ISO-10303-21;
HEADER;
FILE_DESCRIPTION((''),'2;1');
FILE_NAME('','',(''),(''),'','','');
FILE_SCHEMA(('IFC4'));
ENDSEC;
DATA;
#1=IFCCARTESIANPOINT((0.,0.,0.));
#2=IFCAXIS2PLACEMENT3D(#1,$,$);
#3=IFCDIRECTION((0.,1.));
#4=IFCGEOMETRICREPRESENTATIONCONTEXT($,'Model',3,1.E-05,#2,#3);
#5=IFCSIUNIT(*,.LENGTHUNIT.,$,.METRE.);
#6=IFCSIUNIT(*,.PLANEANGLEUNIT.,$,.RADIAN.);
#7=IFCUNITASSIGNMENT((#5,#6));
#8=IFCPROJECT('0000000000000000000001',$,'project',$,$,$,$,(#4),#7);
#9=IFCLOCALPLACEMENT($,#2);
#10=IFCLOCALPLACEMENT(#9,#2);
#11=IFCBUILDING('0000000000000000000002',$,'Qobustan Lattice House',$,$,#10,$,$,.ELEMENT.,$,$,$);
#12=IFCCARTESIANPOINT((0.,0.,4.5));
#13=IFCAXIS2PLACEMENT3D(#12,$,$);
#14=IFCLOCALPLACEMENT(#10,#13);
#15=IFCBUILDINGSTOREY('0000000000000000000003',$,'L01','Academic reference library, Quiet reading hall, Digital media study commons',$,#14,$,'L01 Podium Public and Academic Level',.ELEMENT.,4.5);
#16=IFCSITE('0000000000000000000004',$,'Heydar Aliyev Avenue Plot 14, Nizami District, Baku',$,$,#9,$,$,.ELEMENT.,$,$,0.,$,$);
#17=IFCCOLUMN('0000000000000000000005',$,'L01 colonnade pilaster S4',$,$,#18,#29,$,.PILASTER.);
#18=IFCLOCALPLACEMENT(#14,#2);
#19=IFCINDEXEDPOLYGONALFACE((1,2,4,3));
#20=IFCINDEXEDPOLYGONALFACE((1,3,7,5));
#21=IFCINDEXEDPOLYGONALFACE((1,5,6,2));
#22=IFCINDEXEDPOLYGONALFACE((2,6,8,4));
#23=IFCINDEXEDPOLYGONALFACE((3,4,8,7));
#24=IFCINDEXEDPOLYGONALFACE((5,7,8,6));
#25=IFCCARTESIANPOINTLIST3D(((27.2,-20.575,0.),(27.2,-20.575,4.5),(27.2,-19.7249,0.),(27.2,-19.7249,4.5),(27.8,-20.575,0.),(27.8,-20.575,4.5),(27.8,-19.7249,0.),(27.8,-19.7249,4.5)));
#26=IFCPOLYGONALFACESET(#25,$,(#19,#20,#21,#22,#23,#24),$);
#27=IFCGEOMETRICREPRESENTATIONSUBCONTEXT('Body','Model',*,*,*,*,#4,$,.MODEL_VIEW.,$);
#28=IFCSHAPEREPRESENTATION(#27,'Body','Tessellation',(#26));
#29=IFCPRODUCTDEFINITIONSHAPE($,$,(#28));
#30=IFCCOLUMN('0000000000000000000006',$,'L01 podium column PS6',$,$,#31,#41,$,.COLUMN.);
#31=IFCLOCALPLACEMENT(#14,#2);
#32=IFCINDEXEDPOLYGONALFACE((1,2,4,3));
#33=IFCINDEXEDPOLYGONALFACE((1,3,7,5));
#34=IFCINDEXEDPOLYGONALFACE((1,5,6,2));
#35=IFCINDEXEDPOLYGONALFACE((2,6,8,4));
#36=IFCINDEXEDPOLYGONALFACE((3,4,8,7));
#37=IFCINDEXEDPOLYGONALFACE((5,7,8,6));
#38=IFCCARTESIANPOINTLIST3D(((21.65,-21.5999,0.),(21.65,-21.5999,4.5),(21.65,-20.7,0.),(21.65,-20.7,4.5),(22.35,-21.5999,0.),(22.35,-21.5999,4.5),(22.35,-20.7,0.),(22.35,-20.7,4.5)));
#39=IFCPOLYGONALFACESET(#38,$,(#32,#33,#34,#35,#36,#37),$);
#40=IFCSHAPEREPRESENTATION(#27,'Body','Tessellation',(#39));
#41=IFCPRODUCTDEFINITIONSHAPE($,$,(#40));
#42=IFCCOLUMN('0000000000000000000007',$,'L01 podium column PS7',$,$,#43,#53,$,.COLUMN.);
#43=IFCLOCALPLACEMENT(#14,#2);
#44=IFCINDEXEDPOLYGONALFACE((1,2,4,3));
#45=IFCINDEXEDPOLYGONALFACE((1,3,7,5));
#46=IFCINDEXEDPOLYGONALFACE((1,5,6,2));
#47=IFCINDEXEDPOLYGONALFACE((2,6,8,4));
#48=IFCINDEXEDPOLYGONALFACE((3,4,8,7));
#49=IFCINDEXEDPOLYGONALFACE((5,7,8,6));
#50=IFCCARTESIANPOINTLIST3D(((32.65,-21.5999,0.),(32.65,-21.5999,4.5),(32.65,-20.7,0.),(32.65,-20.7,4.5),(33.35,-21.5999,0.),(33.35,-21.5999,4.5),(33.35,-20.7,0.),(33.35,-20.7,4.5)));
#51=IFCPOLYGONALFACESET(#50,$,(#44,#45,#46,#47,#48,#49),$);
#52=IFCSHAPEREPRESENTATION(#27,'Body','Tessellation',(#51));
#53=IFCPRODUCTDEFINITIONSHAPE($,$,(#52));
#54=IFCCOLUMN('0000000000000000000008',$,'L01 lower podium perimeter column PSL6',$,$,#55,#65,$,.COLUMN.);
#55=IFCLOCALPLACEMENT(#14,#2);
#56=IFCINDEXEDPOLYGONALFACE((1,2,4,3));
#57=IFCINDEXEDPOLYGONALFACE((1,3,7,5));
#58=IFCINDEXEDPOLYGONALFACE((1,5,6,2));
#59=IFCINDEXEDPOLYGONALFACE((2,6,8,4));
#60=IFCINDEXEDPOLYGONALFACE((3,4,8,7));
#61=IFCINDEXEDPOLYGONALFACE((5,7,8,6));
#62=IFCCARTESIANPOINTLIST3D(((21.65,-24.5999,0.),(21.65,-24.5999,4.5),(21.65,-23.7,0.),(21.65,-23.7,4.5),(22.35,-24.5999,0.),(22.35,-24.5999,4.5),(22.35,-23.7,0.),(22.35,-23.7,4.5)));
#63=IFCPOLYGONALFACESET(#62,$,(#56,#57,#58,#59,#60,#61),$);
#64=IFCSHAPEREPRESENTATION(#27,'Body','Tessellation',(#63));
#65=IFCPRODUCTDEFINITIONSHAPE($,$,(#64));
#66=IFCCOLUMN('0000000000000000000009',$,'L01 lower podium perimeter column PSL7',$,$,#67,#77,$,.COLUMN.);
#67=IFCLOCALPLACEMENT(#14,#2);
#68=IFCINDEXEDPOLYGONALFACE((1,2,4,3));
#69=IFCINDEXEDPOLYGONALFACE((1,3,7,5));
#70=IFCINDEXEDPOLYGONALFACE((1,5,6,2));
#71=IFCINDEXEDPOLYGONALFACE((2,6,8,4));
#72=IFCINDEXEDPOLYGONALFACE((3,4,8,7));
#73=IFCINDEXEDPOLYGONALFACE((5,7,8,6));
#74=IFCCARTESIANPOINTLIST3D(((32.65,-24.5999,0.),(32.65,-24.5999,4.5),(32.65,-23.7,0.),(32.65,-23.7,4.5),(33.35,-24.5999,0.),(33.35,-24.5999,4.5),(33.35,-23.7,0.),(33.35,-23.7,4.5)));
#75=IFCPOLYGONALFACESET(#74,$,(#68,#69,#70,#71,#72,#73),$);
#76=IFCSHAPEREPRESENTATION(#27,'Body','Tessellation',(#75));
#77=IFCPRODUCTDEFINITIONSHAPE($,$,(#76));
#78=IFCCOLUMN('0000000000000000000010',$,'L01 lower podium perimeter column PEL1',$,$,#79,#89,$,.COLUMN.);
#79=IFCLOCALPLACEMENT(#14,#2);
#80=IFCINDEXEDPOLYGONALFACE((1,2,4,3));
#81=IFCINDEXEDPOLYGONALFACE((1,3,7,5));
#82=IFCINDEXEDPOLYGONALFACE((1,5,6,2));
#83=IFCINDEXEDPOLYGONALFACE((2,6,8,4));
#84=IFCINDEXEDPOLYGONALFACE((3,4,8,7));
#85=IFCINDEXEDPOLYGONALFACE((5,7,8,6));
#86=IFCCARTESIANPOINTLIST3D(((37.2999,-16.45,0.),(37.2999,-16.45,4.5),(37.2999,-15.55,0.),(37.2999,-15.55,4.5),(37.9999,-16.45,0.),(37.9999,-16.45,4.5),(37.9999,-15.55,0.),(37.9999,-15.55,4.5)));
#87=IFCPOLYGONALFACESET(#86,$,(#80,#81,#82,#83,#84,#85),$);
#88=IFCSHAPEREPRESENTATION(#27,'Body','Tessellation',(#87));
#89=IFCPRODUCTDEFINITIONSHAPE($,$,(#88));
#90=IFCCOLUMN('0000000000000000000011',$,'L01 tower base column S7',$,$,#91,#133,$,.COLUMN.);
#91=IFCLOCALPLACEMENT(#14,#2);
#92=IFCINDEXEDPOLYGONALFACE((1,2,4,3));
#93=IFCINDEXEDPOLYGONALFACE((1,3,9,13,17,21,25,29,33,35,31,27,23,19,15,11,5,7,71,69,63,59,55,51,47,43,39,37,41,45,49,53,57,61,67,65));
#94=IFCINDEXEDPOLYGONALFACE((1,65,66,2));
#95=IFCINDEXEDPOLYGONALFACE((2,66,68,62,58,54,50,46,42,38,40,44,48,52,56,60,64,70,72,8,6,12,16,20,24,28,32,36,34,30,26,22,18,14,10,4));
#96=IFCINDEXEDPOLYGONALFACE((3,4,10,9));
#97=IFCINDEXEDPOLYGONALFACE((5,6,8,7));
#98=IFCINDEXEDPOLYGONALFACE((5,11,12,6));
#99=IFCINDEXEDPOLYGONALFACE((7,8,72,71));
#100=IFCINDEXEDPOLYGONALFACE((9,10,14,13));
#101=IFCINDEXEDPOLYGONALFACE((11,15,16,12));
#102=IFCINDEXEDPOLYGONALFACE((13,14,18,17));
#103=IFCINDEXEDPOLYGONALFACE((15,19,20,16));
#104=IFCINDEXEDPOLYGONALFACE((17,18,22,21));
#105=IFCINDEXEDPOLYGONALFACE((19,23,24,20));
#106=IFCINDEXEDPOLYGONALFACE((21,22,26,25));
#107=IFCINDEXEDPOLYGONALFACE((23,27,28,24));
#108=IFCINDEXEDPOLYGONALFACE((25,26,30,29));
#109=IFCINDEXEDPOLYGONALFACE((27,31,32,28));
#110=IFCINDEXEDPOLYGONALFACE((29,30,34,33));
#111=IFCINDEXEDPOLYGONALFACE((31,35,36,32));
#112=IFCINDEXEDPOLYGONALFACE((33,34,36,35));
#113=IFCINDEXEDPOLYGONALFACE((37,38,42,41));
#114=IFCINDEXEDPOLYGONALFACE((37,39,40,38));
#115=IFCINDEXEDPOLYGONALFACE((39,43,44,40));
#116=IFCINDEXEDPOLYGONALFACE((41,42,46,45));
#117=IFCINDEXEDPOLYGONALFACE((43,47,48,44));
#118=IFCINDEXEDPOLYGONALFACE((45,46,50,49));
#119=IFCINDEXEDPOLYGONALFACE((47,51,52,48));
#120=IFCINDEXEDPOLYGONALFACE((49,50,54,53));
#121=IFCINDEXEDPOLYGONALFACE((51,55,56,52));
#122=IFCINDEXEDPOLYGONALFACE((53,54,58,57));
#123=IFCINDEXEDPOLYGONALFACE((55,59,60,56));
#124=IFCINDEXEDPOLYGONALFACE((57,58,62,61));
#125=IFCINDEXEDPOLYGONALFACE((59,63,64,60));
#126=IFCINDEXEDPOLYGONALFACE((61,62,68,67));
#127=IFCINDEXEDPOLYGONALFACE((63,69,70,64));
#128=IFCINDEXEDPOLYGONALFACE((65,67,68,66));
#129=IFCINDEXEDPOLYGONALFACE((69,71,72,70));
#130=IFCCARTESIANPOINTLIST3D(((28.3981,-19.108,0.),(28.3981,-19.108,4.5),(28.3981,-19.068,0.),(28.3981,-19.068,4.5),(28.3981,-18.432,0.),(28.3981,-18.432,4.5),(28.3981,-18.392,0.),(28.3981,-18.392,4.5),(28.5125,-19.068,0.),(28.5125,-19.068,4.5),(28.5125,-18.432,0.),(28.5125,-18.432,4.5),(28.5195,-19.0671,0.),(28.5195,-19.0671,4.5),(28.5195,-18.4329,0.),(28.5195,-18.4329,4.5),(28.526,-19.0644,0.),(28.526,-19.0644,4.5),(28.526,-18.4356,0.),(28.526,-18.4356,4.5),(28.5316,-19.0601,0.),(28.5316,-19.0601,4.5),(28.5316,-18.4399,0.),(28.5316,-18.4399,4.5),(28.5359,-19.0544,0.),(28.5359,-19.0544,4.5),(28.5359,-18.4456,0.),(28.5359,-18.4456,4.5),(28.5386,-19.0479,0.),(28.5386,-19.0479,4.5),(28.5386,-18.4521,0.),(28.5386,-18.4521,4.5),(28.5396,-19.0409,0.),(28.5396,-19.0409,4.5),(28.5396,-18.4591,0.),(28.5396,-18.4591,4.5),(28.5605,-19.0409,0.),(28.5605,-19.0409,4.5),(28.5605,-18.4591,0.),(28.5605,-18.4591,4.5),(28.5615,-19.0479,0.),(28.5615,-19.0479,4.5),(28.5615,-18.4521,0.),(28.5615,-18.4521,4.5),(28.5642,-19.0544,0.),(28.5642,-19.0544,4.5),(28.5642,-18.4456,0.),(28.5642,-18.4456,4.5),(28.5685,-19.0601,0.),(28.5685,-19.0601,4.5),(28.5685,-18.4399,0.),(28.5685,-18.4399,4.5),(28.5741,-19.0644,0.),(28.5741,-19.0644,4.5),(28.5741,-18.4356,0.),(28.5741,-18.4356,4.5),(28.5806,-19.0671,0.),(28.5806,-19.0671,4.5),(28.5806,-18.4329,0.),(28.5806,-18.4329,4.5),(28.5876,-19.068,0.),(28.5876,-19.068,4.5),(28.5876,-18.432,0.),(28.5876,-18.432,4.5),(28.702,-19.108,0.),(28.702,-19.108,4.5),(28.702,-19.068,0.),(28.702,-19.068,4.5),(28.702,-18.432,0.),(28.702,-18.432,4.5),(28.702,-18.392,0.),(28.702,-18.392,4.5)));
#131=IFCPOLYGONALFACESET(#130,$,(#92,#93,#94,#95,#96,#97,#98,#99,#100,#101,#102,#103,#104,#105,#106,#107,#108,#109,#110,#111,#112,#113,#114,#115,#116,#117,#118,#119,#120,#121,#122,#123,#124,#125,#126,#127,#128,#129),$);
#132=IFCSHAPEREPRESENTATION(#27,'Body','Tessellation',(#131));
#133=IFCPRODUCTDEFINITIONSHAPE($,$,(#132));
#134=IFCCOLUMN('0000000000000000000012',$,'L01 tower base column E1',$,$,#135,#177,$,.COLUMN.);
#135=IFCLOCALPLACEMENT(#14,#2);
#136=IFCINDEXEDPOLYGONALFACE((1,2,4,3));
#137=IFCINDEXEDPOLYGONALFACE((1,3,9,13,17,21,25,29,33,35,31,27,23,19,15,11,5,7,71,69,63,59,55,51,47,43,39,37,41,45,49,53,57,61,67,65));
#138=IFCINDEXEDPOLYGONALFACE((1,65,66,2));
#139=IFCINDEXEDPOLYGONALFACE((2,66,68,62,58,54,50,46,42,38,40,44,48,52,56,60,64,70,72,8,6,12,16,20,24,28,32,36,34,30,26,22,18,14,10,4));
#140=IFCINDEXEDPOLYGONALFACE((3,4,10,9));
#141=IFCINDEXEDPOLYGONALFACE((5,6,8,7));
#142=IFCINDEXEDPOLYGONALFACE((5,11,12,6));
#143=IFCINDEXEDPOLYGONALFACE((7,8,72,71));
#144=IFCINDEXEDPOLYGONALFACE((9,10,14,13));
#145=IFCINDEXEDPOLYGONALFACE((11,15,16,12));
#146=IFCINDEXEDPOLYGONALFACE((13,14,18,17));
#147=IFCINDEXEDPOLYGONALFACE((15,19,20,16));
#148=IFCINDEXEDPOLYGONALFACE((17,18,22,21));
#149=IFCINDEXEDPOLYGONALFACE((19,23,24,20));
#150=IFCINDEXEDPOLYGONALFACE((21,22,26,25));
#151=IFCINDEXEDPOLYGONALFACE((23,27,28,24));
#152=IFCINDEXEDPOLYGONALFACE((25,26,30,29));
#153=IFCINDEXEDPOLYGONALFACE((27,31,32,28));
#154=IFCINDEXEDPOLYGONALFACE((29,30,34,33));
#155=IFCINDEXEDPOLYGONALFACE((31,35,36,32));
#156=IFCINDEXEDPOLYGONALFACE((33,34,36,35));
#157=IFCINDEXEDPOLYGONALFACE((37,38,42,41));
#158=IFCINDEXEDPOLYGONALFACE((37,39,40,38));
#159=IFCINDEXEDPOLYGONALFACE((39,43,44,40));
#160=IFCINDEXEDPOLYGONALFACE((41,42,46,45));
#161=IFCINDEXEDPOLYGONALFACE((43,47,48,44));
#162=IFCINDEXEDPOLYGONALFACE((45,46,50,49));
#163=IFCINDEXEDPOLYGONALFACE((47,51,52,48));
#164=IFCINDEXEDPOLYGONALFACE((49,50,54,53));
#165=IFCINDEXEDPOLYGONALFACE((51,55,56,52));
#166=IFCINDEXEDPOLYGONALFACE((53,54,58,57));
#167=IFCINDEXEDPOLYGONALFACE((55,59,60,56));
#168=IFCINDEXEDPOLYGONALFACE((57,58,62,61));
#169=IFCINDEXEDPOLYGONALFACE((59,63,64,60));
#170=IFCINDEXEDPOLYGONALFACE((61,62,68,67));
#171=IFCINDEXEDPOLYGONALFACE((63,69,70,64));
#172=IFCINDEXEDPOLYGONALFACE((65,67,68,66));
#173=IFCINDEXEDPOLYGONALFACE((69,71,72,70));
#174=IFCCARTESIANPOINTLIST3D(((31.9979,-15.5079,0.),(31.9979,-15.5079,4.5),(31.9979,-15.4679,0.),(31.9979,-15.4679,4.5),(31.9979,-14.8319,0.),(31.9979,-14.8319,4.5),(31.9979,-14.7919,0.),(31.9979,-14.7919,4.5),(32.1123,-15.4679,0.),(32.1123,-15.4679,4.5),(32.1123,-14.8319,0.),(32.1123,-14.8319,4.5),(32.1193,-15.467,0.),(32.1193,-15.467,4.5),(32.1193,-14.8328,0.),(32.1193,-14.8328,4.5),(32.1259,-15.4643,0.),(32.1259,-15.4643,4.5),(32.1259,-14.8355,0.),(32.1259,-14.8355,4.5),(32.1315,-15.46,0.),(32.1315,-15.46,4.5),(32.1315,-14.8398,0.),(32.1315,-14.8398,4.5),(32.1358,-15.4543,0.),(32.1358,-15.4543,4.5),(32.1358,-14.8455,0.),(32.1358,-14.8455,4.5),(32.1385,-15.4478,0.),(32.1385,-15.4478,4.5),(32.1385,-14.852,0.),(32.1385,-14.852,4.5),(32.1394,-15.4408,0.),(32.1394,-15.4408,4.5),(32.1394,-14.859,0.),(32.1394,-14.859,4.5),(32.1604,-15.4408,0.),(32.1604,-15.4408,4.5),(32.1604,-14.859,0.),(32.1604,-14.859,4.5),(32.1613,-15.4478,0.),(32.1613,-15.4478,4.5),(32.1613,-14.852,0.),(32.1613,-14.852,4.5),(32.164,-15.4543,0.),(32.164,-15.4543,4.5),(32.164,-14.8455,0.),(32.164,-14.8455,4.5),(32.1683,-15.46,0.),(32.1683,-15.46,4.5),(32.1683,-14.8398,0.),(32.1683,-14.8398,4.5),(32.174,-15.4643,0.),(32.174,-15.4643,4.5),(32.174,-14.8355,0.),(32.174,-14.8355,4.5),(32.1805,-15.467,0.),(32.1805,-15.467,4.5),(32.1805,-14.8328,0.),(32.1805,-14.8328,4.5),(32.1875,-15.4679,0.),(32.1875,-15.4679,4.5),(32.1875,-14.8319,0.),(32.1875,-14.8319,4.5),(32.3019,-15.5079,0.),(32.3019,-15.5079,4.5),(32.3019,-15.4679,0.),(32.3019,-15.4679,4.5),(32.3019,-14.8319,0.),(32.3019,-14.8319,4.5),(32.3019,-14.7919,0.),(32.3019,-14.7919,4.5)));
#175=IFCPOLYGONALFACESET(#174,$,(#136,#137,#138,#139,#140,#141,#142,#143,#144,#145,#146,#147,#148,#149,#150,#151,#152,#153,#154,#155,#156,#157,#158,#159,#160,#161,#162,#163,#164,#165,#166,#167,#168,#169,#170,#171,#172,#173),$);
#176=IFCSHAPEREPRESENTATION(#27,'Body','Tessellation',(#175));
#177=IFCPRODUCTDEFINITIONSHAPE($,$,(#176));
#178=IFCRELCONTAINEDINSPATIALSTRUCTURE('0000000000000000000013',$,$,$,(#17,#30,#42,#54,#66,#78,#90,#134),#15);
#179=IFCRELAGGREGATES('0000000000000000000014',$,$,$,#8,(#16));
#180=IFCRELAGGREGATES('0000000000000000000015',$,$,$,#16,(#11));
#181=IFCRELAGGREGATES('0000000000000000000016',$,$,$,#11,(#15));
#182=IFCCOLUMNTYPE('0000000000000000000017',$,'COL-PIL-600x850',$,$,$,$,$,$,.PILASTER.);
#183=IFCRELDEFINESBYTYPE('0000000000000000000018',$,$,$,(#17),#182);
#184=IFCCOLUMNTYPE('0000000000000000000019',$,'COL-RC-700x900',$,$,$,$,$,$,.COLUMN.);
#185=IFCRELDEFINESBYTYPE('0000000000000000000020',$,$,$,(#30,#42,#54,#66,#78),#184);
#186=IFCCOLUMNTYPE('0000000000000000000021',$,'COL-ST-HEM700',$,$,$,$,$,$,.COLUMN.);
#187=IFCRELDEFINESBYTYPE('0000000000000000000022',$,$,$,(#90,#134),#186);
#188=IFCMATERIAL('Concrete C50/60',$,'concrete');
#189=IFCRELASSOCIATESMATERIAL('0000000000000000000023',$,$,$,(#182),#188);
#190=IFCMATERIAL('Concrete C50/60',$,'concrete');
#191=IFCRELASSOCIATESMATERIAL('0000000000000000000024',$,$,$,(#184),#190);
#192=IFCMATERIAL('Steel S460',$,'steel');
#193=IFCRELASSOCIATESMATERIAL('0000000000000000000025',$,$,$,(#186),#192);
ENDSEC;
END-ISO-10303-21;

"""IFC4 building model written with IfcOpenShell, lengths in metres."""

from ifc_helpers import new_model, si_unit, direction, frame, origin, origin_2d, place, context, subcontext, project, spatial, rectangle, i_section, extrude, material, material_profile, profile_set, type_object, element, save


model = new_model("IFC4")

# Units and contexts
model_context = context("Model", 3, precision=1e-05, world=origin(), true_north=direction((0.0, 1.0)))
body_context = subcontext(model_context, "Body", "Model", "MODEL_VIEW")
ifc_project = project(units=[si_unit("LENGTHUNIT", "METRE"), si_unit("PLANEANGLEUNIT", "RADIAN")], contexts=[model_context])

# Site, building, storey
site_placement = place(None, origin())
site = spatial("IfcSite", under=ifc_project, at=site_placement, Name="Heydar Aliyev Avenue Plot 14, Nizami District, Baku", CompositionType="ELEMENT", RefElevation=0.0)
building_placement = place(site_placement, origin())
building = spatial("IfcBuilding", under=site, at=building_placement, Name="Qobustan Lattice House", CompositionType="ELEMENT")
storey_placement = place(building_placement, frame((0.0, 0.0, 4.5)))
storey = spatial("IfcBuildingStorey", under=building, at=storey_placement, Name="L01", Description="Academic reference library, Quiet reading hall, Digital media study commons", LongName="L01 Podium Public and Academic Level", CompositionType="ELEMENT", Elevation=4.5)

# Columns
ifc_material_1 = material(Name="Concrete C50/60", Category="concrete")
ifc_material_profile_1 = material_profile(ifc_material_1, rectangle(XDim=0.6001, YDim=0.8501, at=origin_2d()), Name="RC600x850")
ifc_profile_set_1 = profile_set([ifc_material_profile_1], Name="Concrete C50/60")
column_type_1 = type_object("IfcColumnType", Name="COL-PIL-600x850", PredefinedType="PILASTER", material=ifc_profile_set_1)
column_placement = place(storey_placement, frame((27.5, -20.1499, 0.0), z_axis=(0.0, 0.0, 1.0), x_axis=(1.0, 0.0, 0.0)))
element("IfcColumn", 1, at=column_placement, inside=storey, type_object=column_type_1, Name="L01 colonnade pilaster S4", PredefinedType="PILASTER", context=body_context, shape_type="SweptSolid", body=[
    extrude(rectangle(XDim=0.6001, YDim=0.8501, at=origin_2d()), origin(), (0.0, 0.0, 1.0), 4.5),
])
ifc_material_2 = material(Name="Concrete C50/60", Category="concrete")
ifc_material_profile_2 = material_profile(ifc_material_2, rectangle(XDim=0.7, YDim=0.8999, at=origin_2d()), Name="RC700x900")
ifc_profile_set_2 = profile_set([ifc_material_profile_2], Name="Concrete C50/60")
column_type_2 = type_object("IfcColumnType", Name="COL-RC-700x900", PredefinedType="COLUMN", material=ifc_profile_set_2)
for number, where, z_axis, x_axis, name in (
    (2, (22.0, -21.1499, 0.0), (0.0, 0.0, 1.0), (1.0, 0.0, 0.0), "L01 podium column PS6"),
    (3, (33.0, -21.1499, 0.0), (0.0, 0.0, 1.0), (1.0, 0.0, 0.0), "L01 podium column PS7"),
    (4, (22.0, -24.1499, 0.0), (0.0, 0.0, 1.0), (1.0, 0.0, 0.0), "L01 lower podium perimeter column PSL6"),
    (5, (33.0, -24.1499, 0.0), (0.0, 0.0, 1.0), (1.0, 0.0, 0.0), "L01 lower podium perimeter column PSL7"),
    (6, (37.6499, -16.0, 0.0), (0.0, 0.0, 1.0), (1.0, 0.0, 0.0), "L01 lower podium perimeter column PEL1"),
):
    element("IfcColumn", number, at=place(storey_placement, frame(where, z_axis=z_axis, x_axis=x_axis)), inside=storey, type_object=column_type_2, Name=name, PredefinedType="COLUMN", context=body_context, shape_type="SweptSolid", body=[
        extrude(rectangle(XDim=0.7, YDim=0.8999, at=origin_2d()), origin(), (0.0, 0.0, 1.0), 4.5),
    ])
ifc_material_3 = material(Name="Steel S460", Category="steel")
ifc_material_profile_3 = material_profile(ifc_material_3, i_section(OverallWidth=0.304, OverallDepth=0.7161, WebThickness=0.021, FlangeThickness=0.04, FilletRadius=0.0271, at=origin_2d()), Name="HEM700")
ifc_profile_set_3 = profile_set([ifc_material_profile_3], Name="Steel S460")
column_type_3 = type_object("IfcColumnType", Name="COL-ST-HEM700", PredefinedType="COLUMN", material=ifc_profile_set_3)
for number, where, z_axis, x_axis, name in (
    (7, (28.55, -18.75, 0.0), (0.0, 0.0, 1.0), (1.0, 0.0, 0.0), "L01 tower base column S7"),
    (8, (32.1499, -15.1499, 0.0), (0.0, 0.0, 1.0), (1.0, 0.0, 0.0), "L01 tower base column E1"),
):
    element("IfcColumn", number, at=place(storey_placement, frame(where, z_axis=z_axis, x_axis=x_axis)), inside=storey, type_object=column_type_3, Name=name, PredefinedType="COLUMN", context=body_context, shape_type="SweptSolid", body=[
        extrude(i_section(OverallWidth=0.304, OverallDepth=0.7161, WebThickness=0.021, FlangeThickness=0.04, FilletRadius=0.0271, at=origin_2d()), origin(), (0.0, 0.0, 1.0), 4.5),
    ])

save(model, "model.ifc")
